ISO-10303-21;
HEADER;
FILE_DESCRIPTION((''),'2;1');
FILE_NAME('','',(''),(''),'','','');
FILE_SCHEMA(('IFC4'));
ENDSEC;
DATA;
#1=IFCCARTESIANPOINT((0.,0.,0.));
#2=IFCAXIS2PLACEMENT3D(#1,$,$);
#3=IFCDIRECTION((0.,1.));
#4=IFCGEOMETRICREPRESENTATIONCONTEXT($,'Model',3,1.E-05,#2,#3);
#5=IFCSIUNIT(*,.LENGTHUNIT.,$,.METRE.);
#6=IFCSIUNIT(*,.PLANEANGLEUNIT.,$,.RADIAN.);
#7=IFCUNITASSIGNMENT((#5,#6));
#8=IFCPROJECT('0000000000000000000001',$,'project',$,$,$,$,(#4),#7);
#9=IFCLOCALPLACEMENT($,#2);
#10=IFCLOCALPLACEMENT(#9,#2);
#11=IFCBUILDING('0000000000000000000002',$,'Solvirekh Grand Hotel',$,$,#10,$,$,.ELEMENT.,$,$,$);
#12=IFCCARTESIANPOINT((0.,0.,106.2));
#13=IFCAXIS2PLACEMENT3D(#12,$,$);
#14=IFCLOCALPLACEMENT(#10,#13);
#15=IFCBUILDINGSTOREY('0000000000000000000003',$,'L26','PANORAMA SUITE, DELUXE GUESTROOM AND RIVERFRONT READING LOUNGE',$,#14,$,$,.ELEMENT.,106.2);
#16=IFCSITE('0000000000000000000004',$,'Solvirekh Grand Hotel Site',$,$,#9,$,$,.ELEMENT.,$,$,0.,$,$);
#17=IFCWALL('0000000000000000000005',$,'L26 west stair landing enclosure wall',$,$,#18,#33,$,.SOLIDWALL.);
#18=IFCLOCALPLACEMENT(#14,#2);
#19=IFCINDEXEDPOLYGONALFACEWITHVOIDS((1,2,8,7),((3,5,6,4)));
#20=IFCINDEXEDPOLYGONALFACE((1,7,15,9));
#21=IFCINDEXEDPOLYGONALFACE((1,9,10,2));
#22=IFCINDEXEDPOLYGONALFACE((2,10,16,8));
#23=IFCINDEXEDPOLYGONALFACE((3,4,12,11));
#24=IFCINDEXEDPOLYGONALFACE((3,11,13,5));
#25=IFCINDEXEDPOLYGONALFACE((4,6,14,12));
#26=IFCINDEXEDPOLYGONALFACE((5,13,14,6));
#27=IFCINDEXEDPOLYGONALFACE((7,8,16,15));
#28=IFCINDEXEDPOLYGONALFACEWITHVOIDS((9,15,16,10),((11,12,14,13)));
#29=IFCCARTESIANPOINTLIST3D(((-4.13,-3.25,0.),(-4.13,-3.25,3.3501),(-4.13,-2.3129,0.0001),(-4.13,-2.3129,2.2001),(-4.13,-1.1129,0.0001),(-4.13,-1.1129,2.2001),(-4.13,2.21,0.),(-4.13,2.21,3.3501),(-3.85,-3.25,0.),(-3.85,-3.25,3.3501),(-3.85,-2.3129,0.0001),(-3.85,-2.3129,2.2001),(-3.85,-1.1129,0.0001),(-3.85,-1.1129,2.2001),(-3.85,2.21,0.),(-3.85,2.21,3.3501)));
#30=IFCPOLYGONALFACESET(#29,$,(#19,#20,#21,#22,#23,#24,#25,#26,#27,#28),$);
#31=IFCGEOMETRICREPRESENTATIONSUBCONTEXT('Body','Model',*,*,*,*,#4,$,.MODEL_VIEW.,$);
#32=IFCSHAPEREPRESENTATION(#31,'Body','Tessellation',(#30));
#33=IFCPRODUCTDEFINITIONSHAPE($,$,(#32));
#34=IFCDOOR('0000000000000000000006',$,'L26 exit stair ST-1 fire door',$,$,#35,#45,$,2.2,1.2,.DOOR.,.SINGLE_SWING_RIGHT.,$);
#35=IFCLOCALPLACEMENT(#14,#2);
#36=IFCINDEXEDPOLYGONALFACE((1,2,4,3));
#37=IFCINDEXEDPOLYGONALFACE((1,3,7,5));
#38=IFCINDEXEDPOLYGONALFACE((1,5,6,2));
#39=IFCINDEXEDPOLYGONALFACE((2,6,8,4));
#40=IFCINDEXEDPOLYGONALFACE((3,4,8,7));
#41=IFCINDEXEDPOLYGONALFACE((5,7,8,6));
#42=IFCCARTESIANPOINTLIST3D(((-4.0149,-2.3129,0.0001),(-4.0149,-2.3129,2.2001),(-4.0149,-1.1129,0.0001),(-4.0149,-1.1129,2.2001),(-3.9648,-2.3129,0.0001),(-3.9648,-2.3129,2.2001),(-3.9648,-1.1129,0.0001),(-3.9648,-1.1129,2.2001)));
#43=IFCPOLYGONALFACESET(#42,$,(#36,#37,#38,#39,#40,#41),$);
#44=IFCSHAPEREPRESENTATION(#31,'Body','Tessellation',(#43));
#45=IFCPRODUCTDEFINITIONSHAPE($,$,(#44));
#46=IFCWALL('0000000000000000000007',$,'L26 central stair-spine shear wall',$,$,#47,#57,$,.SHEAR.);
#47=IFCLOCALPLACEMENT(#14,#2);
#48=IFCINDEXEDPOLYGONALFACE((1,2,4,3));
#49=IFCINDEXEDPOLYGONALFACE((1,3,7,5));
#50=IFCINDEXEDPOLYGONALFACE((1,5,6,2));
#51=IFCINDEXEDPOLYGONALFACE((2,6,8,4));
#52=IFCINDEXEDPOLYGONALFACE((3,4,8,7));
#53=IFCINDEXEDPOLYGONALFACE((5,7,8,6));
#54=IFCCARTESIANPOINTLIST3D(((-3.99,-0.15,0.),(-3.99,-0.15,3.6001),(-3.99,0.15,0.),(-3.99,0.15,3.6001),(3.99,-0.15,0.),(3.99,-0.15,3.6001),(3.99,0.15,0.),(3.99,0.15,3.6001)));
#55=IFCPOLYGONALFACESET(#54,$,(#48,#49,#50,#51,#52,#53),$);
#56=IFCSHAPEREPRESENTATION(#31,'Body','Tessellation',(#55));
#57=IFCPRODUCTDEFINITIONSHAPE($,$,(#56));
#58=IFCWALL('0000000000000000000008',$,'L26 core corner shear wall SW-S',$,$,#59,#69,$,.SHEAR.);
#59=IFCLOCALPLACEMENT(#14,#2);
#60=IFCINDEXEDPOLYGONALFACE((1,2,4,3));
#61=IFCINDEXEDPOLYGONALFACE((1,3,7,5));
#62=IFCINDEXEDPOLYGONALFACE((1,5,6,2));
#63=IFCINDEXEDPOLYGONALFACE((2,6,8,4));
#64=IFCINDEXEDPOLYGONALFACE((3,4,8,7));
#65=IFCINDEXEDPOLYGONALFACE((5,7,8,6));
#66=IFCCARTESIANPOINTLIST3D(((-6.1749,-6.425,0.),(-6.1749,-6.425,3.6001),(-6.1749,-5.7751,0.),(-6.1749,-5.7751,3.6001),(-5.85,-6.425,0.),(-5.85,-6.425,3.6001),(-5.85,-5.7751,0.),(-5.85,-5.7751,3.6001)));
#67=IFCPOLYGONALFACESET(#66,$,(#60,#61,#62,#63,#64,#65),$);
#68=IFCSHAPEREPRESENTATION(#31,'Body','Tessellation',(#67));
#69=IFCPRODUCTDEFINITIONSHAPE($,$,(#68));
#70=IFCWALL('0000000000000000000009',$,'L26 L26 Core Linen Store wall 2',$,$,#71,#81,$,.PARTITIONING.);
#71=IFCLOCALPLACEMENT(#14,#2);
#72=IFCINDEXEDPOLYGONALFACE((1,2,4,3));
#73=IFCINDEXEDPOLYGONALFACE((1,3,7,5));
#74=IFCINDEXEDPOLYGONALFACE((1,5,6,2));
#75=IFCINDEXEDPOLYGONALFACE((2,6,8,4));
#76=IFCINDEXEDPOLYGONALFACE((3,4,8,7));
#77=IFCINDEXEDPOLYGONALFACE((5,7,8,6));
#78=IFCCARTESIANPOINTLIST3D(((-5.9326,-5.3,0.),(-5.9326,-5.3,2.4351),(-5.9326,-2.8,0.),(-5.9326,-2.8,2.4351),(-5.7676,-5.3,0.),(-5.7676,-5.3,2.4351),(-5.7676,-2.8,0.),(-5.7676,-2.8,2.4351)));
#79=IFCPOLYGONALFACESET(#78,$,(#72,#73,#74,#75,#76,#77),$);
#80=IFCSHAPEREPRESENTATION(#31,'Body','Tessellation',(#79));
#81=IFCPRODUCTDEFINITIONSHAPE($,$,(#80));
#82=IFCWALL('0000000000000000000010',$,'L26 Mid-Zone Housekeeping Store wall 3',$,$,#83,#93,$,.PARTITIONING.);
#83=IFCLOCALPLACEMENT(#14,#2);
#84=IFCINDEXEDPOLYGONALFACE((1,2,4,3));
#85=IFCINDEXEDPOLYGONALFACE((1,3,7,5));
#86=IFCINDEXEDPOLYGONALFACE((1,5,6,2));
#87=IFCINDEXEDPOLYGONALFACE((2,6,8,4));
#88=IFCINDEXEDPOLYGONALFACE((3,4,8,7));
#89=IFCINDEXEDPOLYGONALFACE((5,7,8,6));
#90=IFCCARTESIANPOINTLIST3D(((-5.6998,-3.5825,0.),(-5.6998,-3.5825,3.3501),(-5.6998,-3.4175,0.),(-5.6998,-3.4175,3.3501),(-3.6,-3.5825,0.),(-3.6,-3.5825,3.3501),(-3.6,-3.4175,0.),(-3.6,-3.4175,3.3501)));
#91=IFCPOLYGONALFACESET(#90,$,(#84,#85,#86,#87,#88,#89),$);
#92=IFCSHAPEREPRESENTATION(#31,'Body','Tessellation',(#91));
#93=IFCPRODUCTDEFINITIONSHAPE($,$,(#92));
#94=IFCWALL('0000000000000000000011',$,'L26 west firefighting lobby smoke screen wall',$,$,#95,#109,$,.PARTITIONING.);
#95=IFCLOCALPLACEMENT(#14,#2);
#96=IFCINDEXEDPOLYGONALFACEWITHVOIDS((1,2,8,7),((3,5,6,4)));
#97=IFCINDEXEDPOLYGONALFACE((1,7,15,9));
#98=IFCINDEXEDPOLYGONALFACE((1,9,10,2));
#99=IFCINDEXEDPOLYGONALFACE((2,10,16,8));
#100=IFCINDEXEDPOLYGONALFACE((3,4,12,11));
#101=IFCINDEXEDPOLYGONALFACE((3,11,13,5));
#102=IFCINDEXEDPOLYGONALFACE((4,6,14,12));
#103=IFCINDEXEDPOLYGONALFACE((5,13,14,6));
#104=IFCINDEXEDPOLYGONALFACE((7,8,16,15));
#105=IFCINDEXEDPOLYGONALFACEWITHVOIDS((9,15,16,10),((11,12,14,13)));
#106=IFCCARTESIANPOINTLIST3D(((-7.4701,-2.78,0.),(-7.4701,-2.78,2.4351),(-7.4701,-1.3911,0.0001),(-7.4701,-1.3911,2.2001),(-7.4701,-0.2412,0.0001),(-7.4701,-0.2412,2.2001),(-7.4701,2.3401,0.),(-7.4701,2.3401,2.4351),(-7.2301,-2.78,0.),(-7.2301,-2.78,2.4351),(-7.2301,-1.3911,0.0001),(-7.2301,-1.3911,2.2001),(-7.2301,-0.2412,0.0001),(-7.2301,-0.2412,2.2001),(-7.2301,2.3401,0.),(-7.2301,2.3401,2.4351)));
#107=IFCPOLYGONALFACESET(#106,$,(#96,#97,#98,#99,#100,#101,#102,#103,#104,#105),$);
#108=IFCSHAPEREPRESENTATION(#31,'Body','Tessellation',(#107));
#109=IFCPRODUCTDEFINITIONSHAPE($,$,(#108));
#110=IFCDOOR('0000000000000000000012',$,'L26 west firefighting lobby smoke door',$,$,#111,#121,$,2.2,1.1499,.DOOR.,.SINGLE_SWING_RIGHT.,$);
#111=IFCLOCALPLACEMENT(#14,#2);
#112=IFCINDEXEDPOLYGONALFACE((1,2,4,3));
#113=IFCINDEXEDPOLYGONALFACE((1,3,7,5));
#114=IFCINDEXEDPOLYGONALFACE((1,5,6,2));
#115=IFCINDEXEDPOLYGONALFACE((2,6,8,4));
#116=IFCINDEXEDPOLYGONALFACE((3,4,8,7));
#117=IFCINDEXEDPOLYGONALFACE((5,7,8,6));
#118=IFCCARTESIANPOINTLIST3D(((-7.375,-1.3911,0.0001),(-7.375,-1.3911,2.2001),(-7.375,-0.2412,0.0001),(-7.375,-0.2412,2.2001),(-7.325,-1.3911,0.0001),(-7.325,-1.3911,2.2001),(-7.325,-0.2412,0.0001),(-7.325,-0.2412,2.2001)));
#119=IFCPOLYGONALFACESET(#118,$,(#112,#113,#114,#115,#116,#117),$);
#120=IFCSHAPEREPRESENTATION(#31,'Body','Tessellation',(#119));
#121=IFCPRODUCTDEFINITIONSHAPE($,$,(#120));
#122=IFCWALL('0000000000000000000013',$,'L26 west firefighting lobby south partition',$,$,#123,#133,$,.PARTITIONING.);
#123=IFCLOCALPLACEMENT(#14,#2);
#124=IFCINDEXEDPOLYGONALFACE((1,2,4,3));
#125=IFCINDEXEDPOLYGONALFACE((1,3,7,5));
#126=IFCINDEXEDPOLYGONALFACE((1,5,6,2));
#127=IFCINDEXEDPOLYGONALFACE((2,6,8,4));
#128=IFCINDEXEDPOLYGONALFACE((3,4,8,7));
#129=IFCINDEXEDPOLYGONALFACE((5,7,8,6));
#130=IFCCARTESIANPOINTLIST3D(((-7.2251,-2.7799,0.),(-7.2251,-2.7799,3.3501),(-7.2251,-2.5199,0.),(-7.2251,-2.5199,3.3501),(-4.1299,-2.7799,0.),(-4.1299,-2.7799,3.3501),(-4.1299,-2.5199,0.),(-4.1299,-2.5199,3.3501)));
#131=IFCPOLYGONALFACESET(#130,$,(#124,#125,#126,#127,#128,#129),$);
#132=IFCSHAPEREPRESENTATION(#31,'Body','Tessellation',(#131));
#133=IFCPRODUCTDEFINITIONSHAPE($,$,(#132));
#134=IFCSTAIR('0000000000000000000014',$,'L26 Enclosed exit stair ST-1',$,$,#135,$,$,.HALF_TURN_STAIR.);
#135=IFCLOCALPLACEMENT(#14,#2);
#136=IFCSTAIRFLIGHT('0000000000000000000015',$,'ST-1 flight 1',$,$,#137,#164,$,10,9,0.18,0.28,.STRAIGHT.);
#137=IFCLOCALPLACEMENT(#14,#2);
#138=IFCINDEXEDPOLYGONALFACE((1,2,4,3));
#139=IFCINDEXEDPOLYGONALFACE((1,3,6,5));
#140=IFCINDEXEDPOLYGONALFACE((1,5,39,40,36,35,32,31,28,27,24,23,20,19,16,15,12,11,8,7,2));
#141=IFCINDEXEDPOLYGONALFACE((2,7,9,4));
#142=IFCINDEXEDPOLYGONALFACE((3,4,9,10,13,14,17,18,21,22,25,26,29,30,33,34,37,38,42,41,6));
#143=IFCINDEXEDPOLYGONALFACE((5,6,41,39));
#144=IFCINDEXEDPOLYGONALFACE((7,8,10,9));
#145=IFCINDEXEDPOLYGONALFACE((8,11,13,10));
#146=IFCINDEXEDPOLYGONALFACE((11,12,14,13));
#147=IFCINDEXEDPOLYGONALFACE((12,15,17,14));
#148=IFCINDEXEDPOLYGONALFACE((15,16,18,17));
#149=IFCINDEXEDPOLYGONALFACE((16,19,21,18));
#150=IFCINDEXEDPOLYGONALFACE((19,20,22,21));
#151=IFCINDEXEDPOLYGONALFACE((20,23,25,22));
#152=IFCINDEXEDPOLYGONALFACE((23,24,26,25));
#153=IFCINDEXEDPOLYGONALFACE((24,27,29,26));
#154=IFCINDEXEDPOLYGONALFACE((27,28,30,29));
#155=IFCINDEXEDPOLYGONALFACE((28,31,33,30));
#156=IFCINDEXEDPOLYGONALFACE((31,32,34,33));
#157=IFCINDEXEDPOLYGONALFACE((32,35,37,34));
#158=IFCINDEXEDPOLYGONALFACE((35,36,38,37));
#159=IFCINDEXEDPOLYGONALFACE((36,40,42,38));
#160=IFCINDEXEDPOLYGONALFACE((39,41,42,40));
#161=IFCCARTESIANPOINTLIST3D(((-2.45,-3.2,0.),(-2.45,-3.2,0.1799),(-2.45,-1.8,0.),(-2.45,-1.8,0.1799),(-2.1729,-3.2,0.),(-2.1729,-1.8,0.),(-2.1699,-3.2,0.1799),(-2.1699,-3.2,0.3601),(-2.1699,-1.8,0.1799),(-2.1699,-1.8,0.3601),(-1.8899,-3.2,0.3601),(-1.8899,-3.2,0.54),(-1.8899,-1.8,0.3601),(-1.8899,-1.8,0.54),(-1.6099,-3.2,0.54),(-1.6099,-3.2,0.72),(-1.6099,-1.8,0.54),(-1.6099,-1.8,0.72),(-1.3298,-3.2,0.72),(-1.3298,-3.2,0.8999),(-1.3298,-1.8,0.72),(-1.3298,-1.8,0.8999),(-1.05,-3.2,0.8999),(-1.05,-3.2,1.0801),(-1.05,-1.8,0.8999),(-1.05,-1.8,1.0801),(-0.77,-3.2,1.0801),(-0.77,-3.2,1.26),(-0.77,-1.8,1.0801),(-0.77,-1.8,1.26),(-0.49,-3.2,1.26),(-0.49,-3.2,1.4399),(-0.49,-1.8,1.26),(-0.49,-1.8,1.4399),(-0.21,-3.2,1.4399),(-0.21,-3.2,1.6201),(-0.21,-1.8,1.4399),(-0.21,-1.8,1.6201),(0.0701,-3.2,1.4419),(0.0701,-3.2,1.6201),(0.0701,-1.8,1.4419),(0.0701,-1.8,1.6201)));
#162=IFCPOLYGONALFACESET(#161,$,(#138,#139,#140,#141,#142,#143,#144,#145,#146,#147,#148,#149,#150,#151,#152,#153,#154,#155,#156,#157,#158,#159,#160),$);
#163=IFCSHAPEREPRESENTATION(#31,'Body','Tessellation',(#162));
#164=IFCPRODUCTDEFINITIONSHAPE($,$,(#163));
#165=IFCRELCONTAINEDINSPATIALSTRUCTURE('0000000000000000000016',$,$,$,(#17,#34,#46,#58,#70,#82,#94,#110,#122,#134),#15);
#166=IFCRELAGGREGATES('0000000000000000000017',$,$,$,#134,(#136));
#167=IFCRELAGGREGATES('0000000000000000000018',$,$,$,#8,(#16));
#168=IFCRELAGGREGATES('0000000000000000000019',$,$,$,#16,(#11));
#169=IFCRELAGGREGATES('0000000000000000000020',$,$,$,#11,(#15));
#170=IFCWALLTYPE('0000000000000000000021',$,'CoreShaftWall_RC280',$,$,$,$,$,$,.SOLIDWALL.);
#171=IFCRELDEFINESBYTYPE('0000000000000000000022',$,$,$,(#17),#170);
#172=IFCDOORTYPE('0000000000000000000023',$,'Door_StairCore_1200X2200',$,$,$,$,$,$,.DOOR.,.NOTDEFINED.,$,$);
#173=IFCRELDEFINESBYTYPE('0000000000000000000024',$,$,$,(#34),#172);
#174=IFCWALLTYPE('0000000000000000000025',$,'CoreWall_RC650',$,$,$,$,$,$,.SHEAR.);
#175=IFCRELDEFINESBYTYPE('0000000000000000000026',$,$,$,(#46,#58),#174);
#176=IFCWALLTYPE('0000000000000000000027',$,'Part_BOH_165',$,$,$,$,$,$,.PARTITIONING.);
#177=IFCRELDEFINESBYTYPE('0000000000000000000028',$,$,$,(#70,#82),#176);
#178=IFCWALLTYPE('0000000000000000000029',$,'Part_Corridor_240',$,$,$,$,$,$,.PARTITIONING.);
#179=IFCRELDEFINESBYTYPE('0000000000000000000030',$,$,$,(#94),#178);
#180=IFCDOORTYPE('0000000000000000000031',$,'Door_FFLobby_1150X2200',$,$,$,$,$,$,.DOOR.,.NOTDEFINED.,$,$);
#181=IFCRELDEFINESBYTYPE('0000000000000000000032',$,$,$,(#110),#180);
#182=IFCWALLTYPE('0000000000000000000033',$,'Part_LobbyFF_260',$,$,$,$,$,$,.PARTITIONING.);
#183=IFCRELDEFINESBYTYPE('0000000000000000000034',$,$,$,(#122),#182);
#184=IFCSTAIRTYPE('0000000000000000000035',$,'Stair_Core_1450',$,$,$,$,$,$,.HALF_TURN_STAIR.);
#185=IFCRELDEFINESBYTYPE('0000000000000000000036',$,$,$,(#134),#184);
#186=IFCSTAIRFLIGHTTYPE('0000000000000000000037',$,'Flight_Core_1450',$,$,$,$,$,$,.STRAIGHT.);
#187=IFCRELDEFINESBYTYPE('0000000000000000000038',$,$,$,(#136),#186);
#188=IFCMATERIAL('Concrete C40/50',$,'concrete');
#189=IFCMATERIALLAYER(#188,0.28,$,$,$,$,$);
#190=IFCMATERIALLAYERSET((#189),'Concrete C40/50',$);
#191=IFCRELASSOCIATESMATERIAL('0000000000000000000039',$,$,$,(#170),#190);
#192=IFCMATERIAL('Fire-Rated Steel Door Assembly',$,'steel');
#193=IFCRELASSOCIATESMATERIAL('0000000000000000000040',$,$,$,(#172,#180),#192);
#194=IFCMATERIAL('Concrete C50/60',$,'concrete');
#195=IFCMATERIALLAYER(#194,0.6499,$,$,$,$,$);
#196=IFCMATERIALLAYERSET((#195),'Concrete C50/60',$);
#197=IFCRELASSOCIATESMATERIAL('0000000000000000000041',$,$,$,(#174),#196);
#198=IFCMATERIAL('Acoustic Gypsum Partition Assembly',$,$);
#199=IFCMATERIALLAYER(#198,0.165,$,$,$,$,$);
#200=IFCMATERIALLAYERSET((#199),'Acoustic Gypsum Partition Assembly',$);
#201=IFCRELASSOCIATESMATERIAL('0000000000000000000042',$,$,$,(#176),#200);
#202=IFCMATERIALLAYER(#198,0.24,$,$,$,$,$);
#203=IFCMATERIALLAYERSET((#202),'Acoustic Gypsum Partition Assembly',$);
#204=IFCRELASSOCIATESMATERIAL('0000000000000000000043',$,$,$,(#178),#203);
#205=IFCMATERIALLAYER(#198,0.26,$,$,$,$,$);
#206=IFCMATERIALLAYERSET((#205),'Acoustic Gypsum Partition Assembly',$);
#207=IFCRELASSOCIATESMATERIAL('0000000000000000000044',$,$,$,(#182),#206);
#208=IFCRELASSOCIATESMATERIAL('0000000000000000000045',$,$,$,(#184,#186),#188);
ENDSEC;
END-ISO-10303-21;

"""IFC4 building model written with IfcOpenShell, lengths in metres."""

from ifc_helpers import new_model, si_unit, direction, frame, frame_2d, origin, place, context, subcontext, project, spatial, polyline, rectangle, outline, extrude, material, layer, layer_set, type_object, element, fill, aggregate, save


model = new_model("IFC4")

# Units and contexts
model_context = context("Model", 3, precision=1e-05, world=origin(), true_north=direction((0.0, 1.0)))
body_context = subcontext(model_context, "Body", "Model", "MODEL_VIEW")
ifc_project = project(units=[si_unit("LENGTHUNIT", "METRE"), si_unit("PLANEANGLEUNIT", "RADIAN")], contexts=[model_context])

# Site, building, storey
site_placement = place(None, origin())
site = spatial("IfcSite", under=ifc_project, at=site_placement, Name="Solvirekh Grand Hotel Site", CompositionType="ELEMENT", RefElevation=0.0)
building_placement = place(site_placement, origin())
building = spatial("IfcBuilding", under=site, at=building_placement, Name="Solvirekh Grand Hotel", CompositionType="ELEMENT")
storey_placement = place(building_placement, frame((0.0, 0.0, 106.2)))
storey = spatial("IfcBuildingStorey", under=building, at=storey_placement, Name="L26", Description="PANORAMA SUITE, DELUXE GUESTROOM AND RIVERFRONT READING LOUNGE", CompositionType="ELEMENT", Elevation=106.2)

# Shared definitions
ifc_material_1 = material(Name="Concrete C50/60", Category="concrete")

# Shared definitions
ifc_material_2 = material(Name="Concrete C40/50", Category="concrete")
ifc_layer_1 = layer(ifc_material_2, 0.28)
ifc_layer_set_1 = layer_set([ifc_layer_1], Name="Concrete C40/50")
wall_type_1 = type_object("IfcWallType", Name="CoreShaftWall_RC280", PredefinedType="SOLIDWALL", material=ifc_layer_set_1)
ifc_material_3 = material(Name="Fire-Rated Steel Door Assembly", Category="steel")

# Wall, opening, door
wall_1_placement = place(storey_placement, frame((-3.99, -3.25, 0.0), z_axis=(0.0, 0.0, 1.0), x_axis=(0.0, 1.0, 0.0)))
wall_1 = element("IfcWall", 1, at=wall_1_placement, inside=storey, type_object=wall_type_1, Name="L26 west stair landing enclosure wall", PredefinedType="SOLIDWALL", context=body_context, shape_type="SweptSolid", body=[
    extrude(rectangle(XDim=5.46, YDim=0.28, at=frame_2d((2.73, 0.0))), origin(), (0.0, 0.0, 1.0), 3.3501),
])
opening_1_placement = place(wall_1_placement, frame((0.937, 0.0, 0.0)))
opening_1 = element("IfcOpeningElement", 2, at=opening_1_placement, cuts=wall_1, PredefinedType="OPENING", context=body_context, shape_type="SweptSolid", body=[
    extrude(rectangle(XDim=1.2, YDim=2.2, at=frame_2d((0.6001, 1.1001))), frame((0.0, 0.1499, 0.0), z_axis=(0.0, -1.0, 0.0), x_axis=(1.0, 0.0, 0.0)), (0.0, 0.0, 1.0), 0.3),
])
door_type_1 = type_object("IfcDoorType", Name="Door_StairCore_1200X2200", OperationType="NOTDEFINED", PredefinedType="DOOR", material=ifc_material_3)
door_1_placement = place(opening_1_placement, origin())
door_1 = element("IfcDoor", 3, at=door_1_placement, inside=storey, type_object=door_type_1, Name="L26 exit stair ST-1 fire door", OperationType="SINGLE_SWING_RIGHT", OverallHeight=2.2, OverallWidth=1.2, PredefinedType="DOOR", context=body_context, shape_type="SweptSolid", body=[
    extrude(rectangle(XDim=1.2, YDim=2.2, at=frame_2d((0.6001, 1.1001))), frame((0.0, 0.0249, 0.0), z_axis=(0.0, -1.0, 0.0), x_axis=(1.0, 0.0, 0.0)), (0.0, 0.0, 1.0), 0.05),
])
fill(opening_1, door_1)

# Walls
ifc_layer_2 = layer(ifc_material_1, 0.6499)
ifc_layer_set_2 = layer_set([ifc_layer_2], Name="Concrete C50/60")
wall_type_2 = type_object("IfcWallType", Name="CoreWall_RC650", PredefinedType="SHEAR", material=ifc_layer_set_2)
wall_2_placement = place(storey_placement, frame((-3.99, 0.0, 0.0), z_axis=(0.0, 0.0, 1.0), x_axis=(1.0, 0.0, 0.0)))
element("IfcWall", 4, at=wall_2_placement, inside=storey, type_object=wall_type_2, Name="L26 central stair-spine shear wall", PredefinedType="SHEAR", context=body_context, shape_type="SweptSolid", body=[
    extrude(rectangle(XDim=7.98, YDim=0.3, at=frame_2d((3.99, 0.0))), origin(), (0.0, 0.0, 1.0), 3.6001),
])
wall_3_placement = place(storey_placement, frame((-6.175, -6.1001, 0.0), z_axis=(0.0, 0.0, 1.0), x_axis=(1.0, 0.0, 0.0)))
element("IfcWall", 5, at=wall_3_placement, inside=storey, type_object=wall_type_2, Name="L26 core corner shear wall SW-S", PredefinedType="SHEAR", context=body_context, shape_type="SweptSolid", body=[
    extrude(rectangle(XDim=0.325, YDim=0.6499, at=frame_2d((0.1626, 0.0))), origin(), (0.0, 0.0, 1.0), 3.6001),
])
ifc_material_4 = material(Name="Acoustic Gypsum Partition Assembly")
ifc_layer_3 = layer(ifc_material_4, 0.165)
ifc_layer_set_3 = layer_set([ifc_layer_3], Name="Acoustic Gypsum Partition Assembly")
wall_type_3 = type_object("IfcWallType", Name="Part_BOH_165", PredefinedType="PARTITIONING", material=ifc_layer_set_3)
wall_4_placement = place(storey_placement, frame((-5.8501, -5.3, 0.0), z_axis=(0.0, 0.0, 1.0), x_axis=(0.0, 1.0, 0.0)))
element("IfcWall", 6, at=wall_4_placement, inside=storey, type_object=wall_type_3, Name="L26 L26 Core Linen Store wall 2", PredefinedType="PARTITIONING", context=body_context, shape_type="SweptSolid", body=[
    extrude(rectangle(XDim=2.5, YDim=0.165, at=frame_2d((1.25, 0.0))), origin(), (0.0, 0.0, 1.0), 2.4351),
])
wall_5_placement = place(storey_placement, frame((-3.6001, -3.5, 0.0), z_axis=(0.0, 0.0, 1.0), x_axis=(-1.0, 0.0, 0.0)))
element("IfcWall", 7, at=wall_5_placement, inside=storey, type_object=wall_type_3, Name="L26 Mid-Zone Housekeeping Store wall 3", PredefinedType="PARTITIONING", context=body_context, shape_type="SweptSolid", body=[
    extrude(rectangle(XDim=2.0999, YDim=0.165, at=frame_2d((1.0498, 0.0))), origin(), (0.0, 0.0, 1.0), 3.3501),
])

# Wall, opening, door
ifc_layer_4 = layer(ifc_material_4, 0.24)
ifc_layer_set_4 = layer_set([ifc_layer_4], Name="Acoustic Gypsum Partition Assembly")
wall_type_4 = type_object("IfcWallType", Name="Part_Corridor_240", PredefinedType="PARTITIONING", material=ifc_layer_set_4)
wall_6_placement = place(storey_placement, frame((-7.3501, -2.78, 0.0), z_axis=(0.0, 0.0, 1.0), x_axis=(0.0, 1.0, 0.0)))
wall_6 = element("IfcWall", 8, at=wall_6_placement, inside=storey, type_object=wall_type_4, Name="L26 west firefighting lobby smoke screen wall", PredefinedType="PARTITIONING", context=body_context, shape_type="SweptSolid", body=[
    extrude(rectangle(XDim=5.1201, YDim=0.24, at=frame_2d((2.5601, 0.0))), origin(), (0.0, 0.0, 1.0), 2.4351),
])
opening_2_placement = place(wall_6_placement, frame((1.3889, 0.0, 0.0)))
opening_2 = element("IfcOpeningElement", 9, at=opening_2_placement, cuts=wall_6, PredefinedType="OPENING", context=body_context, shape_type="SweptSolid", body=[
    extrude(rectangle(XDim=1.1499, YDim=2.2, at=frame_2d((0.575, 1.1001))), frame((0.0, 0.1299, 0.0), z_axis=(0.0, -1.0, 0.0), x_axis=(1.0, 0.0, 0.0)), (0.0, 0.0, 1.0), 0.26),
])
door_type_2 = type_object("IfcDoorType", Name="Door_FFLobby_1150X2200", OperationType="NOTDEFINED", PredefinedType="DOOR", material=ifc_material_3)
door_2_placement = place(opening_2_placement, origin())
door_2 = element("IfcDoor", 10, at=door_2_placement, inside=storey, type_object=door_type_2, Name="L26 west firefighting lobby smoke door", OperationType="SINGLE_SWING_RIGHT", OverallHeight=2.2, OverallWidth=1.1499, PredefinedType="DOOR", context=body_context, shape_type="SweptSolid", body=[
    extrude(rectangle(XDim=1.1499, YDim=2.2, at=frame_2d((0.575, 1.1001))), frame((0.0, 0.0249, 0.0), z_axis=(0.0, -1.0, 0.0), x_axis=(1.0, 0.0, 0.0)), (0.0, 0.0, 1.0), 0.05),
])
fill(opening_2, door_2)

# Wall
ifc_layer_5 = layer(ifc_material_4, 0.26)
ifc_layer_set_5 = layer_set([ifc_layer_5], Name="Acoustic Gypsum Partition Assembly")
wall_type_5 = type_object("IfcWallType", Name="Part_LobbyFF_260", PredefinedType="PARTITIONING", material=ifc_layer_set_5)
wall_7_placement = place(storey_placement, frame((-7.2251, -2.6499, 0.0), z_axis=(0.0, 0.0, 1.0), x_axis=(1.0, 0.0, 0.0)))
element("IfcWall", 11, at=wall_7_placement, inside=storey, type_object=wall_type_5, Name="L26 west firefighting lobby south partition", PredefinedType="PARTITIONING", context=body_context, shape_type="SweptSolid", body=[
    extrude(rectangle(XDim=3.0952, YDim=0.26, at=frame_2d((1.5476, 0.0))), origin(), (0.0, 0.0, 1.0), 3.3501),
])

# Stair, stair flight
stair_type = type_object("IfcStairType", Name="Stair_Core_1450", PredefinedType="HALF_TURN_STAIR", material=ifc_material_2)
stair_placement = place(storey_placement, origin())
stair = element("IfcStair", 12, at=stair_placement, inside=storey, type_object=stair_type, Name="L26 Enclosed exit stair ST-1", PredefinedType="HALF_TURN_STAIR")
stair_flight_type = type_object("IfcStairFlightType", Name="Flight_Core_1450", PredefinedType="STRAIGHT", material=ifc_material_2)
stair_flight_placement = place(storey_placement, frame((-2.45, -2.5, 0.0), z_axis=(0.0, 0.0, 1.0), x_axis=(1.0, 0.0, 0.0)))
stair_flight = element("IfcStairFlight", 13, at=stair_flight_placement, type_object=stair_flight_type, Name="ST-1 flight 1", NumberOfRisers=10, NumberOfTreads=9, PredefinedType="STRAIGHT", RiserHeight=0.18, TreadLength=0.28, context=body_context, shape_type="SweptSolid", body=[
    extrude(outline(polyline([(0.0, 0.0), (0.0, 0.1799), (0.28, 0.1799), (0.28, 0.3601), (0.5601, 0.3601), (0.5601, 0.54), (0.8401, 0.54), (0.8401, 0.72), (1.1201, 0.72), (1.1201, 0.8999), (1.3999, 0.8999), (1.3999, 1.0801), (1.6799, 1.0801), (1.6799, 1.26), (1.96, 1.26), (1.96, 1.4399), (2.24, 1.4399), (2.24, 1.6201), (2.52, 1.6201), (2.52, 1.8), (2.52, 1.4419), (0.2771, 0.0), (0.0, 0.0)])), frame((0.0, 0.7, 0.0), z_axis=(0.0, -1.0, 0.0), x_axis=(1.0, 0.0, 0.0)), (0.0, 0.0, 1.0), 1.3999),
])
aggregate(stair, [stair_flight])

save(model, "model.ifc")
